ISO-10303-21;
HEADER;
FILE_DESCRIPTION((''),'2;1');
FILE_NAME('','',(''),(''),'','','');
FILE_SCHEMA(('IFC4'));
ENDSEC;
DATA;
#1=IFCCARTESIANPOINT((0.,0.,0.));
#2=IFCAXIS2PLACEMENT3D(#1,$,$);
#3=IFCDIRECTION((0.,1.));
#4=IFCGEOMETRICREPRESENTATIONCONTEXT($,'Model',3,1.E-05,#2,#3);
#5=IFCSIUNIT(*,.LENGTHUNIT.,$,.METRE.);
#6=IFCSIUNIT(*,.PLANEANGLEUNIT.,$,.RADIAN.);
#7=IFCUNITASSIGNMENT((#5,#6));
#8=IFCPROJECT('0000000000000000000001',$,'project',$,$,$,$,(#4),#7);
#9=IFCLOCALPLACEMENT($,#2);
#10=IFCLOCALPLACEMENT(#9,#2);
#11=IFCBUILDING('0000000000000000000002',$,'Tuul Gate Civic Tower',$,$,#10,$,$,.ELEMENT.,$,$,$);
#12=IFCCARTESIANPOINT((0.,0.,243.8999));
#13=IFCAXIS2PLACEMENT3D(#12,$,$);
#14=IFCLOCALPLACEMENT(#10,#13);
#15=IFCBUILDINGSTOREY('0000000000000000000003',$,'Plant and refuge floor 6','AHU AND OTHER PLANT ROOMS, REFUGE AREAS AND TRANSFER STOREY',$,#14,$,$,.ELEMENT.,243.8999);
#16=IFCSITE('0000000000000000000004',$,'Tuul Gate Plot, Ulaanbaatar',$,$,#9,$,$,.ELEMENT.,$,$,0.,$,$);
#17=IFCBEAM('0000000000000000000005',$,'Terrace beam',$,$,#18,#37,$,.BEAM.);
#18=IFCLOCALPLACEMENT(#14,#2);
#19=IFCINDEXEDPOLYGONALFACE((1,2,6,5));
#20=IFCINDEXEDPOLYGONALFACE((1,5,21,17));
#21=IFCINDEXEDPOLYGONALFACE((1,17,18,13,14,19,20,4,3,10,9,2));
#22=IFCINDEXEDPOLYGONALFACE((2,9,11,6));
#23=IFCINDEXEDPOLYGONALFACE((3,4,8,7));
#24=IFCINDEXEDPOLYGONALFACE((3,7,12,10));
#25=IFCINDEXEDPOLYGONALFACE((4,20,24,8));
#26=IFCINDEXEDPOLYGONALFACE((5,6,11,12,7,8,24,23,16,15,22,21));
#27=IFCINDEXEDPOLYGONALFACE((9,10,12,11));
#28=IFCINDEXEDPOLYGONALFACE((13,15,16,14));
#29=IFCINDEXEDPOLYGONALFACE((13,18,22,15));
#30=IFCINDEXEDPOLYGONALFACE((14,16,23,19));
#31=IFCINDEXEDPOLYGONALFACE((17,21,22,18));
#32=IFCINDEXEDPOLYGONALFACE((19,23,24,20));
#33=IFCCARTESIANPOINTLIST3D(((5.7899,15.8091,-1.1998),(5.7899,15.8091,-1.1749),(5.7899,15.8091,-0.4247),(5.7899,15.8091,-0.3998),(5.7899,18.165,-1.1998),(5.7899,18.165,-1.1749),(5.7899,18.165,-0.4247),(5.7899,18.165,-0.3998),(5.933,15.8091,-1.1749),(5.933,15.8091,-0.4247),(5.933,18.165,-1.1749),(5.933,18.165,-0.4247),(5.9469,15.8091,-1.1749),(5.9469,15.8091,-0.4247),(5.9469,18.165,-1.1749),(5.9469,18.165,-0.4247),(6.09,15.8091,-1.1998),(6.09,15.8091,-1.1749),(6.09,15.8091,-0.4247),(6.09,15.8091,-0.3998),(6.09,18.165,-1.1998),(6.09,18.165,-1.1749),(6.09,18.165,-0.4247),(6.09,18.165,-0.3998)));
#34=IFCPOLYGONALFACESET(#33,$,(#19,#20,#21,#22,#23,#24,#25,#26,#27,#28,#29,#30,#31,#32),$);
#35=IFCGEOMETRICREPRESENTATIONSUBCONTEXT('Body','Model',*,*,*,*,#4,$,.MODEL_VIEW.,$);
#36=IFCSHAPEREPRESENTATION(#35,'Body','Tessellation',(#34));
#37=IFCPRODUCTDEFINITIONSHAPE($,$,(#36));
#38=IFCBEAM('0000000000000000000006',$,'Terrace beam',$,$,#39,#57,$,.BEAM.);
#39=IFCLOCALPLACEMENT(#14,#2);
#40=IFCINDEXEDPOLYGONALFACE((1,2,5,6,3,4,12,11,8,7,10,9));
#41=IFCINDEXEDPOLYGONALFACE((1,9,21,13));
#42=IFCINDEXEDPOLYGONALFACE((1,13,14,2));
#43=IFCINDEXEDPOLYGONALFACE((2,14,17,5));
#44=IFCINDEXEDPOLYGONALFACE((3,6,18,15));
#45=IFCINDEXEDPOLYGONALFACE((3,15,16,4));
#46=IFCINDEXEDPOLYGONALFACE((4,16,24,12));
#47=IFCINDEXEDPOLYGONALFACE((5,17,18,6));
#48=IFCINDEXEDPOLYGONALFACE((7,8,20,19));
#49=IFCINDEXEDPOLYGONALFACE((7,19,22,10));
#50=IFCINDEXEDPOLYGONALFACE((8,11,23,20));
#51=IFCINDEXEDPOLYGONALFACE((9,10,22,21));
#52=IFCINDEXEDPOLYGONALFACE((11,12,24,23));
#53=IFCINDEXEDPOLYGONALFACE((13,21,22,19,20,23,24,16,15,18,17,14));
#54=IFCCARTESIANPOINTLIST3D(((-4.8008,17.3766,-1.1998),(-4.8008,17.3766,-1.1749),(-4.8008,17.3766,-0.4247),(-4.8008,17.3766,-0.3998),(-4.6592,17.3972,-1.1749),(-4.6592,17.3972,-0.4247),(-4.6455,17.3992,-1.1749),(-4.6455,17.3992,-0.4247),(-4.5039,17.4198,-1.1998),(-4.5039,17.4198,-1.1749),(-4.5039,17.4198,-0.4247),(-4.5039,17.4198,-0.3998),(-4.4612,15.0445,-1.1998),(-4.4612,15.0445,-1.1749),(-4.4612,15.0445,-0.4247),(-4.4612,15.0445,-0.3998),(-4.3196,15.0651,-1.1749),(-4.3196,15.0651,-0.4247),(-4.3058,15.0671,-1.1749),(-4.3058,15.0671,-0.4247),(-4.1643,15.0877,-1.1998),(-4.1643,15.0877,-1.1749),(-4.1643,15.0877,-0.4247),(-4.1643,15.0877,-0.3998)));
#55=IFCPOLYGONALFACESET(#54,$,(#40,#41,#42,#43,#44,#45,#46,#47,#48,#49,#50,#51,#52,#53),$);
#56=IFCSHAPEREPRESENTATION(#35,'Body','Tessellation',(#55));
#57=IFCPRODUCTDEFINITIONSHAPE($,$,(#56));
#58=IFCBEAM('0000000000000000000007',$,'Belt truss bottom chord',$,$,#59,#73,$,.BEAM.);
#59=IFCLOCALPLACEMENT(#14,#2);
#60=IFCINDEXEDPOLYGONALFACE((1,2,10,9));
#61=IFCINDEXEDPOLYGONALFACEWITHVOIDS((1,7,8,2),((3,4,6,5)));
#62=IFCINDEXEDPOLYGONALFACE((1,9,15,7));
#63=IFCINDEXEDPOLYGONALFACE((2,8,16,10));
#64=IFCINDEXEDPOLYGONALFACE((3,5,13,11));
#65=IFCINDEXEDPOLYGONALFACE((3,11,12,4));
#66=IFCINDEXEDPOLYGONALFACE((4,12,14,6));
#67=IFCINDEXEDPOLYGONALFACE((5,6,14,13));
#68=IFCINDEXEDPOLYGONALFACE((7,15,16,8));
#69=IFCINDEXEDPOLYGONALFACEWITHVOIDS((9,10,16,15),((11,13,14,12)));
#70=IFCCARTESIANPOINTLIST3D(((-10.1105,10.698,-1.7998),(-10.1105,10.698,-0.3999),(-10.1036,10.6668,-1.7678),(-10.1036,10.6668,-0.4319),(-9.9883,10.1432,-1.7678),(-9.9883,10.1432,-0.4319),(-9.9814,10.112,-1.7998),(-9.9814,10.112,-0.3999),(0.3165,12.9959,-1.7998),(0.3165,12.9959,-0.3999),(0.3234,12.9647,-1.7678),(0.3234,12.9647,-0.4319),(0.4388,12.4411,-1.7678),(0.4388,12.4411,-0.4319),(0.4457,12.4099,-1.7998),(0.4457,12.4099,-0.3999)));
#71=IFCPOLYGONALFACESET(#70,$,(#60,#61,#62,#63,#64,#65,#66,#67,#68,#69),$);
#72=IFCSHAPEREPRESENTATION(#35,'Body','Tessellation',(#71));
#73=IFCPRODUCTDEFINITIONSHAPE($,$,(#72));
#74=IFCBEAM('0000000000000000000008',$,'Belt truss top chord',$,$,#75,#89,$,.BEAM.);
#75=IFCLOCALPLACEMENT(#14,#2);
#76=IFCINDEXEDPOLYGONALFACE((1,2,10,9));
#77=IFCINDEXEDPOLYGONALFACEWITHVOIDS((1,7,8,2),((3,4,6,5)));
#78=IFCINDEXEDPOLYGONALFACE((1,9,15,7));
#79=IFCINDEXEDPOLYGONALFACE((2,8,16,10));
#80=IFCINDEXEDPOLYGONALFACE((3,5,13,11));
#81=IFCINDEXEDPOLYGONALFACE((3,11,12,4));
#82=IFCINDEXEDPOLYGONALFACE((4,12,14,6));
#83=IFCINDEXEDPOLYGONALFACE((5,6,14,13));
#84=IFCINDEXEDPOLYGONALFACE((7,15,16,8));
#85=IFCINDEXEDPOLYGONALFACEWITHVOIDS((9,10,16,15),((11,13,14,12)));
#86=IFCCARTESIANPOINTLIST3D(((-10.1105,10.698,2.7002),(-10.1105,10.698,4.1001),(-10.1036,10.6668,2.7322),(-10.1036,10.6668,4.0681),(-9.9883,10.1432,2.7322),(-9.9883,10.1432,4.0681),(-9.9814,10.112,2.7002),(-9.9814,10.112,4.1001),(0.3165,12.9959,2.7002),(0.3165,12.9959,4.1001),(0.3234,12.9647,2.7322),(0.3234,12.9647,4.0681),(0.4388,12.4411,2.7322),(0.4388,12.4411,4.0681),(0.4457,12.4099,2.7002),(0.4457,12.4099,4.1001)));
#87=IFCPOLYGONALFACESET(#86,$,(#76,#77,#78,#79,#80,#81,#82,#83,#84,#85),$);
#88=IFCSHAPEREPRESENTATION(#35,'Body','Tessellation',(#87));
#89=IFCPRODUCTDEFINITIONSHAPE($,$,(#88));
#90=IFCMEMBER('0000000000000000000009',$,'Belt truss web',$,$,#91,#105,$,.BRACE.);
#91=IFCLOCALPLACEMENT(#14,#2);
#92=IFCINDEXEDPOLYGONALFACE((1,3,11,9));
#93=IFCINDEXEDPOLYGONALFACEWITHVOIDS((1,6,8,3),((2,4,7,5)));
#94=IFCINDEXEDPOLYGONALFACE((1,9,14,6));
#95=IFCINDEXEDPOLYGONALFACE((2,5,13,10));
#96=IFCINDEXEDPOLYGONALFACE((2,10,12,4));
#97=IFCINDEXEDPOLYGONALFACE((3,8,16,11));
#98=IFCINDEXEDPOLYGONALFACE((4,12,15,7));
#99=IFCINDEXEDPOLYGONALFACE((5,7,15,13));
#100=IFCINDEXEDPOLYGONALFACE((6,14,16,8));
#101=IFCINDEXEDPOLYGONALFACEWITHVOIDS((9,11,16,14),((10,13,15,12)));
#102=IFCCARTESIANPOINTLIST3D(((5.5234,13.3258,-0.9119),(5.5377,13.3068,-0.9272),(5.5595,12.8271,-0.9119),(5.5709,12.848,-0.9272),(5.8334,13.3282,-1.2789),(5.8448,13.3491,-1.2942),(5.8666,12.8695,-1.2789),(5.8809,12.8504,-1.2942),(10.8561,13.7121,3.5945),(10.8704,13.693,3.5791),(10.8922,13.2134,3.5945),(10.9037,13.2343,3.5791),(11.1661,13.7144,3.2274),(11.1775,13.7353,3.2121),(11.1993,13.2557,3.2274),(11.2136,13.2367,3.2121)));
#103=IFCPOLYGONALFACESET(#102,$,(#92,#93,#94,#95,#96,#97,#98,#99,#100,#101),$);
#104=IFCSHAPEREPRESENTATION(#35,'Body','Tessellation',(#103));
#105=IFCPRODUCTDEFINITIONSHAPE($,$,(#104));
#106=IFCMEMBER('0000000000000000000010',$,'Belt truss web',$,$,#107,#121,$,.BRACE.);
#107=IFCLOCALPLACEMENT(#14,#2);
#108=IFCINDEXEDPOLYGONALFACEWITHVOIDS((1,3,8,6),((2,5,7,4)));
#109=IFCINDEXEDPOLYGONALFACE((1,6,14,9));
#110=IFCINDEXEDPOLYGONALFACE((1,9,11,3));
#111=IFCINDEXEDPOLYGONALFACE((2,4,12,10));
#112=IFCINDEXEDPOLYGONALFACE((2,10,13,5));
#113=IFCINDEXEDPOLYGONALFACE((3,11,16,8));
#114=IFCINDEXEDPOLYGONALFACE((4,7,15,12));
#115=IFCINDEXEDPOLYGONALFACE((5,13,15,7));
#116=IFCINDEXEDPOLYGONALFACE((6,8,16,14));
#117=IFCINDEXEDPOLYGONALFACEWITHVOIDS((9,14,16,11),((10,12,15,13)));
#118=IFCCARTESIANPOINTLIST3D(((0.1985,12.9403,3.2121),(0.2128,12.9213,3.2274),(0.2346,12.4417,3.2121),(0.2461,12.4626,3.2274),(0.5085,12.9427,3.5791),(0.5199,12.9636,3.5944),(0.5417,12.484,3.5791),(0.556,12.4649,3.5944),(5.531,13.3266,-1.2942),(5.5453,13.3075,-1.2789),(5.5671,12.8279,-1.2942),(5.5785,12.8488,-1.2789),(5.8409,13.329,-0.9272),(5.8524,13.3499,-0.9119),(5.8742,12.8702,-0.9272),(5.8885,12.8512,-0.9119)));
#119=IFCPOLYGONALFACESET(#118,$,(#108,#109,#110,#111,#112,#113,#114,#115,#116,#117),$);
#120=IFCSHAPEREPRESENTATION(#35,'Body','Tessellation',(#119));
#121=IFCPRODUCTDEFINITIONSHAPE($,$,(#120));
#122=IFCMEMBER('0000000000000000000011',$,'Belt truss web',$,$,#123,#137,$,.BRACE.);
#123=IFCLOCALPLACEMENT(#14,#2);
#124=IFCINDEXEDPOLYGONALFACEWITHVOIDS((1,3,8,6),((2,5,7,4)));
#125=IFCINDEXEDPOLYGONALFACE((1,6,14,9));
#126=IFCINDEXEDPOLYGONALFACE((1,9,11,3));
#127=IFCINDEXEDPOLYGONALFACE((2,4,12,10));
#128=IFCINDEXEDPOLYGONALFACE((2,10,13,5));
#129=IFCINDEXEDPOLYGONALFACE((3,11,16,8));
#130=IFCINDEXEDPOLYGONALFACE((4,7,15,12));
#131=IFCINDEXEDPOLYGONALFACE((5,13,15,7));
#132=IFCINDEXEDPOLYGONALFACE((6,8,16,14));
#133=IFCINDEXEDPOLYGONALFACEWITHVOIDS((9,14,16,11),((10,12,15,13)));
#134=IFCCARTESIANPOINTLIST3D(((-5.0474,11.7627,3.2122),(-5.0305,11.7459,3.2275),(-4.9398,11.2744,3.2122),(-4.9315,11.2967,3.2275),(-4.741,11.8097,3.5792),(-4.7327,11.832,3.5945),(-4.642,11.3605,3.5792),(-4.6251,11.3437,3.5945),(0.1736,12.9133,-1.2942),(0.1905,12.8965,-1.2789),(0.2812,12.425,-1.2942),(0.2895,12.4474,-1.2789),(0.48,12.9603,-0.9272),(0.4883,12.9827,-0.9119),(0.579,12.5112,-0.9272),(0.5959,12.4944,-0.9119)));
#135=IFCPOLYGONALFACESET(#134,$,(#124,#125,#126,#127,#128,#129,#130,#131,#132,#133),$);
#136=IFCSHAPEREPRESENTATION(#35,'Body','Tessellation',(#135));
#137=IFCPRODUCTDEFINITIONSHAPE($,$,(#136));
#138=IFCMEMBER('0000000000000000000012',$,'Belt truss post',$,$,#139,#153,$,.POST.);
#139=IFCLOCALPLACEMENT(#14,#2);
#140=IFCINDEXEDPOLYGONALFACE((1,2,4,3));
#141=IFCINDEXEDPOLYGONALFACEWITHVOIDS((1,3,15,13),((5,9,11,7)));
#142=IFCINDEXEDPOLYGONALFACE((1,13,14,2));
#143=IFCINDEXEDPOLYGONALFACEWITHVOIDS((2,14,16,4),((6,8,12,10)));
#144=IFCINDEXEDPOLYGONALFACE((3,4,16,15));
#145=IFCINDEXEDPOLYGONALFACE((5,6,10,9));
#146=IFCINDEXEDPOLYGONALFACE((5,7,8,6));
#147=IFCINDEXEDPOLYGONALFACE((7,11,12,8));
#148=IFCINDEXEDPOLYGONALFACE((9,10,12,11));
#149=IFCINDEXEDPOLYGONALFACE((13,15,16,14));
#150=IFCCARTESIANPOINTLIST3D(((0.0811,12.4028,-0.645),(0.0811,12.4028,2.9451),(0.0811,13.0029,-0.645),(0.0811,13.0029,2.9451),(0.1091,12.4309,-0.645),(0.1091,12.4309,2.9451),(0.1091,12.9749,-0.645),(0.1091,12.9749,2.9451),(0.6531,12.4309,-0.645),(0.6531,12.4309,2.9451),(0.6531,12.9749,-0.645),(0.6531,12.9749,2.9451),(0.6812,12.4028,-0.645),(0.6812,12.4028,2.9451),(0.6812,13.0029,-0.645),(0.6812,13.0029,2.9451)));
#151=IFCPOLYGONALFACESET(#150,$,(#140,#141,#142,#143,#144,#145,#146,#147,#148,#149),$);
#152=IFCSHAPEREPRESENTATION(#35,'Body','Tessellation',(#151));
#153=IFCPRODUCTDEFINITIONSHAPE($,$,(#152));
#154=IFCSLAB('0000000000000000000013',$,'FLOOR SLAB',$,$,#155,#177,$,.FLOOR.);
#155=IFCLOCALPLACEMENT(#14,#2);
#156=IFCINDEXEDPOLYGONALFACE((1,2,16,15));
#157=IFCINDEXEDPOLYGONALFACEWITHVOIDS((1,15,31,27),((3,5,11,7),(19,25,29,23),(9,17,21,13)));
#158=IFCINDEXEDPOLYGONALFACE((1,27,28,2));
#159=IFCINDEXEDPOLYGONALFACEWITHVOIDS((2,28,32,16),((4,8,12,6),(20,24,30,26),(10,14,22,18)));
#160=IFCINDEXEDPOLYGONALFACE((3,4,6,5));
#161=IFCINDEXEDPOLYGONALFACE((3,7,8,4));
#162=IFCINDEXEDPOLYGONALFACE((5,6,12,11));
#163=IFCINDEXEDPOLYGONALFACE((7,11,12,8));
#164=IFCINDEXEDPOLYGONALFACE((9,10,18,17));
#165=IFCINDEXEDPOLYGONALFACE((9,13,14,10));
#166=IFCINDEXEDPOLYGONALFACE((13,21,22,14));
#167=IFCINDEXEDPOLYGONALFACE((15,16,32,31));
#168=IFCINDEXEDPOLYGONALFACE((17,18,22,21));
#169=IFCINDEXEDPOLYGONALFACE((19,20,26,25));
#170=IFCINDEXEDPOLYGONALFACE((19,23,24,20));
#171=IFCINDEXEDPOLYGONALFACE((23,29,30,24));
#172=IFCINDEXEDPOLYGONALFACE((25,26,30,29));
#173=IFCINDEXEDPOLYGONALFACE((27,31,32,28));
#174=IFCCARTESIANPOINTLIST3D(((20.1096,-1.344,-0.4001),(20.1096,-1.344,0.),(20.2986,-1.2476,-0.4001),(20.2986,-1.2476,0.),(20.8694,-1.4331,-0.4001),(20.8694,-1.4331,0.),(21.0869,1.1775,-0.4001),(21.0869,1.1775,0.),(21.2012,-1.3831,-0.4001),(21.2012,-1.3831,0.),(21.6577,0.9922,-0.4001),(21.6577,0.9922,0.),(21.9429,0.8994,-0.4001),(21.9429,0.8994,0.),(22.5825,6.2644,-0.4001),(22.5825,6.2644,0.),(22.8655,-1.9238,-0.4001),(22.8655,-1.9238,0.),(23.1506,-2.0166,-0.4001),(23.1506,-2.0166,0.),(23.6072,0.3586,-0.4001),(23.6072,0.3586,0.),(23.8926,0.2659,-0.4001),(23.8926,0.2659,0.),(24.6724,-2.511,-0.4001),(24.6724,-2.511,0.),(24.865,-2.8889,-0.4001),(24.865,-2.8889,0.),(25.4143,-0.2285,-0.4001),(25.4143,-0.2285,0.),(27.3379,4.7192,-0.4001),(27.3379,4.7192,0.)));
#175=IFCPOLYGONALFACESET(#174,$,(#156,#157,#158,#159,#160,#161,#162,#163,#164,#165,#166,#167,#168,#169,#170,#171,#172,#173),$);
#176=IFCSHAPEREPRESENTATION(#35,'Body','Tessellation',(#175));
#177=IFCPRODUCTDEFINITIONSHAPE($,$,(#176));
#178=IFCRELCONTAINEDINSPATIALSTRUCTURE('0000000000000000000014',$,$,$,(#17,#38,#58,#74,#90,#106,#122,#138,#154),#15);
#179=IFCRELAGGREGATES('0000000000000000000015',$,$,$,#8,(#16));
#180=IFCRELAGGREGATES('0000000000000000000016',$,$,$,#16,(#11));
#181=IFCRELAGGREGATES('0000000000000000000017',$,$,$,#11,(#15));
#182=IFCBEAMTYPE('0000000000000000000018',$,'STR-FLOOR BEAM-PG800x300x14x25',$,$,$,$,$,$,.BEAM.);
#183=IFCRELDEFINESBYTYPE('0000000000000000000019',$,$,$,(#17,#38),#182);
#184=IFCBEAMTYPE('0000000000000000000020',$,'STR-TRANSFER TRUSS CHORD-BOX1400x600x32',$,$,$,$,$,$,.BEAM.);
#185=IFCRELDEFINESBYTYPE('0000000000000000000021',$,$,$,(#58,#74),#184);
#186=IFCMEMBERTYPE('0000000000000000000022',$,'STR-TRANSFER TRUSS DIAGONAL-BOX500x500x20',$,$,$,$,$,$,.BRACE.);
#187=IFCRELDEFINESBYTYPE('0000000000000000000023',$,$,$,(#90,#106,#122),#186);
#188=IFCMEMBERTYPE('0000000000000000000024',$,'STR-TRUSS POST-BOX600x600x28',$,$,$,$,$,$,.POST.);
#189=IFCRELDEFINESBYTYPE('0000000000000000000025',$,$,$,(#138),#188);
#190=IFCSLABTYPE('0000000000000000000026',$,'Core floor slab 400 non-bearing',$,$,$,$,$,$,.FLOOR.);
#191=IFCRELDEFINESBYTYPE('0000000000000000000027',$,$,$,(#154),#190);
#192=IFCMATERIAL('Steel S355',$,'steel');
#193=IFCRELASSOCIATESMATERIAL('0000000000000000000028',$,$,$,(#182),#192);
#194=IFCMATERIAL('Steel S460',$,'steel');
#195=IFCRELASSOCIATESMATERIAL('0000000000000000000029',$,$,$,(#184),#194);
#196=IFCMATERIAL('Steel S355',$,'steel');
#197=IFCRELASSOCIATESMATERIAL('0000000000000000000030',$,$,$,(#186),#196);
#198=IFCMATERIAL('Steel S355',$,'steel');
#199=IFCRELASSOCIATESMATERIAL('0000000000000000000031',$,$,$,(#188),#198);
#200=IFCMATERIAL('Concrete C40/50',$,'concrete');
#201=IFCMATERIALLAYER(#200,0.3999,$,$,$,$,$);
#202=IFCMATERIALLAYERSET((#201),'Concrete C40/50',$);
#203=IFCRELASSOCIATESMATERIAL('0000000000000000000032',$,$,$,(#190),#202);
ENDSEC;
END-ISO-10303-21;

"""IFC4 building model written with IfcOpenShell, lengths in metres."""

from ifc_helpers import new_model, si_unit, direction, frame, origin, origin_2d, place, context, subcontext, project, spatial, polyline, hollow_rectangle, i_section, outline, extrude, material, layer, layer_set, material_profile, profile_set, type_object, element, save


model = new_model("IFC4")

# Units and contexts
model_context = context("Model", 3, precision=1e-05, world=origin(), true_north=direction((0.0, 1.0)))
body_context = subcontext(model_context, "Body", "Model", "MODEL_VIEW")
ifc_project = project(units=[si_unit("LENGTHUNIT", "METRE"), si_unit("PLANEANGLEUNIT", "RADIAN")], contexts=[model_context])

# Site, building, storey
site_placement = place(None, origin())
site = spatial("IfcSite", under=ifc_project, at=site_placement, Name="Tuul Gate Plot, Ulaanbaatar", CompositionType="ELEMENT", RefElevation=0.0)
building_placement = place(site_placement, origin())
building = spatial("IfcBuilding", under=site, at=building_placement, Name="Tuul Gate Civic Tower", CompositionType="ELEMENT")
storey_placement = place(building_placement, frame((0.0, 0.0, 243.8999)))
storey = spatial("IfcBuildingStorey", under=building, at=storey_placement, Name="Plant and refuge floor 6", Description="AHU AND OTHER PLANT ROOMS, REFUGE AREAS AND TRANSFER STOREY", CompositionType="ELEMENT", Elevation=243.8999)

# Beams
ifc_material_1 = material(Name="Steel S355", Category="steel")
ifc_material_profile_1 = material_profile(ifc_material_1, i_section(OverallWidth=0.3, OverallDepth=0.8, WebThickness=0.0139, FlangeThickness=0.0249, at=origin_2d()), Name="PG800x300x14x25")
ifc_profile_set_1 = profile_set([ifc_material_profile_1], Name="Steel S355")
beam_type_1 = type_object("IfcBeamType", Name="STR-FLOOR BEAM-PG800x300x14x25", PredefinedType="BEAM", material=ifc_profile_set_1)
beam_1_placement = place(storey_placement, frame((5.9399, 18.165, -0.7998), z_axis=(0.0, -1.0, 0.0), x_axis=(1.0, 0.0, 0.0)))
element("IfcBeam", 1, at=beam_1_placement, inside=storey, type_object=beam_type_1, Name="Terrace beam", PredefinedType="BEAM", context=body_context, shape_type="SweptSolid", body=[
    extrude(i_section(OverallWidth=0.3, OverallDepth=0.8, WebThickness=0.0139, FlangeThickness=0.0249, at=origin_2d()), origin(), (0.0, 0.0, 1.0), 2.356),
])
beam_2_placement = place(storey_placement, frame((-4.6523, 17.3982, -0.7998), z_axis=(0.144104, -0.989563, 0.0), x_axis=(0.989563, 0.144104, 0.0)))
element("IfcBeam", 2, at=beam_2_placement, inside=storey, type_object=beam_type_1, Name="Terrace beam", PredefinedType="BEAM", context=body_context, shape_type="SweptSolid", body=[
    extrude(i_section(OverallWidth=0.3, OverallDepth=0.8, WebThickness=0.0139, FlangeThickness=0.0249, at=origin_2d()), origin(), (0.0, 0.0, 1.0), 2.3567),
])
ifc_material_2 = material(Name="Steel S460", Category="steel")
ifc_material_profile_2 = material_profile(ifc_material_2, hollow_rectangle(XDim=0.6001, YDim=1.3999, WallThickness=0.032, at=origin_2d()), Name="BOX1400x600x32")
ifc_profile_set_2 = profile_set([ifc_material_profile_2], Name="Steel S460")
beam_type_2 = type_object("IfcBeamType", Name="STR-TRANSFER TRUSS CHORD-BOX1400x600x32", PredefinedType="BEAM", material=ifc_profile_set_2)
for number, where, z_axis, x_axis, name in (
    (3, (0.3811, 12.7029, -1.0999), (-0.976568, -0.215211, 0.0), (0.215211, -0.976568, 0.0), "Belt truss bottom chord"),
    (4, (0.3811, 12.7029, 3.4001), (-0.976568, -0.215211, 0.0), (0.215211, -0.976568, 0.0), "Belt truss top chord"),
):
    element("IfcBeam", number, at=place(storey_placement, frame(where, z_axis=z_axis, x_axis=x_axis)), inside=storey, type_object=beam_type_2, Name=name, PredefinedType="BEAM", context=body_context, shape_type="SweptSolid", body=[
        extrude(hollow_rectangle(XDim=0.6001, YDim=1.3999, WallThickness=0.032, at=origin_2d()), origin(), (0.0, 0.0, 1.0), 10.6772),
    ])

# Members
ifc_material_3 = material(Name="Steel S355", Category="steel")
ifc_material_profile_3 = material_profile(ifc_material_3, hollow_rectangle(XDim=0.5, YDim=0.5, WallThickness=0.02, at=origin_2d()), Name="BOX500x500x20")
ifc_profile_set_3 = profile_set([ifc_material_profile_3], Name="Steel S355")
member_type_1 = type_object("IfcMemberType", Name="STR-TRANSFER TRUSS DIAGONAL-BOX500x500x20", PredefinedType="BRACE", material=ifc_profile_set_3)
member_1_placement = place(storey_placement, frame((5.7021, 13.0881, -1.103), z_axis=(0.762643, 0.055235, 0.644457), x_axis=(-0.072237, 0.997388, 0.0)))
element("IfcMember", 5, at=member_1_placement, inside=storey, type_object=member_type_1, Name="Belt truss web", PredefinedType="BRACE", context=body_context, shape_type="SweptSolid", body=[
    extrude(hollow_rectangle(XDim=0.5, YDim=0.5, WallThickness=0.02, at=origin_2d()), origin(), (0.0, 0.0, 1.0), 6.9924),
])
for number, where, z_axis, x_axis, name in (
    (6, (5.7097, 13.0889, -1.103), (-0.762629, -0.055237, 0.644474), (0.07224, -0.997387, 0.0), "Belt truss web"),
    (7, (0.3848, 12.7039, -1.103), (-0.746693, -0.164562, 0.644492), (0.215223, -0.976565, 0.0), "Belt truss web"),
):
    element("IfcMember", number, at=place(storey_placement, frame(where, z_axis=z_axis, x_axis=x_axis)), inside=storey, type_object=member_type_1, Name=name, PredefinedType="BRACE", context=body_context, shape_type="SweptSolid", body=[
        extrude(hollow_rectangle(XDim=0.5, YDim=0.5, WallThickness=0.02, at=origin_2d()), origin(), (0.0, 0.0, 1.0), 6.9922),
    ])
ifc_material_4 = material(Name="Steel S355", Category="steel")
ifc_material_profile_4 = material_profile(ifc_material_4, hollow_rectangle(XDim=0.6001, YDim=0.6001, WallThickness=0.0281, at=origin_2d()), Name="BOX600x600x28")
ifc_profile_set_4 = profile_set([ifc_material_profile_4], Name="Steel S355")
member_type_2 = type_object("IfcMemberType", Name="STR-TRUSS POST-BOX600x600x28", PredefinedType="POST", material=ifc_profile_set_4)
member_2_placement = place(storey_placement, frame((0.3811, 12.7029, -0.645), z_axis=(0.0, 0.0, 1.0), x_axis=(1.0, 0.0, 0.0)))
element("IfcMember", 8, at=member_2_placement, inside=storey, type_object=member_type_2, Name="Belt truss post", PredefinedType="POST", context=body_context, shape_type="SweptSolid", body=[
    extrude(hollow_rectangle(XDim=0.6001, YDim=0.6001, WallThickness=0.0281, at=origin_2d()), origin(), (0.0, 0.0, 1.0), 3.5901),
])

# Slab
ifc_material_5 = material(Name="Concrete C40/50", Category="concrete")
ifc_layer_1 = layer(ifc_material_5, 0.3999)
ifc_layer_set_1 = layer_set([ifc_layer_1], Name="Concrete C40/50")
slab_type_1 = type_object("IfcSlabType", Name="Core floor slab 400 non-bearing", PredefinedType="FLOOR", material=ifc_layer_set_1)
slab_1_placement = place(storey_placement, frame((0.0, 0.0, -0.4001)))
element("IfcSlab", 9, at=slab_1_placement, inside=storey, type_object=slab_type_1, Name="FLOOR SLAB", PredefinedType="FLOOR", context=body_context, shape_type="SweptSolid", body=[
    extrude(outline(polyline([(24.865, -2.8889), (27.3379, 4.7192), (22.5825, 6.2644), (20.1096, -1.344), (24.865, -2.8889)]), holes=[polyline([(24.6724, -2.511), (25.4143, -0.2285), (23.8926, 0.2659), (23.1506, -2.0166), (24.6724, -2.511)]), polyline([(22.8655, -1.9238), (23.6072, 0.3586), (21.9429, 0.8994), (21.2012, -1.3831), (22.8655, -1.9238)]), polyline([(20.8694, -1.4331), (21.6577, 0.9922), (21.0869, 1.1775), (20.2986, -1.2476), (20.8694, -1.4331)])]), origin(), (0.0, 0.0, 1.0), 0.4001),
])

save(model, "model.ifc")
